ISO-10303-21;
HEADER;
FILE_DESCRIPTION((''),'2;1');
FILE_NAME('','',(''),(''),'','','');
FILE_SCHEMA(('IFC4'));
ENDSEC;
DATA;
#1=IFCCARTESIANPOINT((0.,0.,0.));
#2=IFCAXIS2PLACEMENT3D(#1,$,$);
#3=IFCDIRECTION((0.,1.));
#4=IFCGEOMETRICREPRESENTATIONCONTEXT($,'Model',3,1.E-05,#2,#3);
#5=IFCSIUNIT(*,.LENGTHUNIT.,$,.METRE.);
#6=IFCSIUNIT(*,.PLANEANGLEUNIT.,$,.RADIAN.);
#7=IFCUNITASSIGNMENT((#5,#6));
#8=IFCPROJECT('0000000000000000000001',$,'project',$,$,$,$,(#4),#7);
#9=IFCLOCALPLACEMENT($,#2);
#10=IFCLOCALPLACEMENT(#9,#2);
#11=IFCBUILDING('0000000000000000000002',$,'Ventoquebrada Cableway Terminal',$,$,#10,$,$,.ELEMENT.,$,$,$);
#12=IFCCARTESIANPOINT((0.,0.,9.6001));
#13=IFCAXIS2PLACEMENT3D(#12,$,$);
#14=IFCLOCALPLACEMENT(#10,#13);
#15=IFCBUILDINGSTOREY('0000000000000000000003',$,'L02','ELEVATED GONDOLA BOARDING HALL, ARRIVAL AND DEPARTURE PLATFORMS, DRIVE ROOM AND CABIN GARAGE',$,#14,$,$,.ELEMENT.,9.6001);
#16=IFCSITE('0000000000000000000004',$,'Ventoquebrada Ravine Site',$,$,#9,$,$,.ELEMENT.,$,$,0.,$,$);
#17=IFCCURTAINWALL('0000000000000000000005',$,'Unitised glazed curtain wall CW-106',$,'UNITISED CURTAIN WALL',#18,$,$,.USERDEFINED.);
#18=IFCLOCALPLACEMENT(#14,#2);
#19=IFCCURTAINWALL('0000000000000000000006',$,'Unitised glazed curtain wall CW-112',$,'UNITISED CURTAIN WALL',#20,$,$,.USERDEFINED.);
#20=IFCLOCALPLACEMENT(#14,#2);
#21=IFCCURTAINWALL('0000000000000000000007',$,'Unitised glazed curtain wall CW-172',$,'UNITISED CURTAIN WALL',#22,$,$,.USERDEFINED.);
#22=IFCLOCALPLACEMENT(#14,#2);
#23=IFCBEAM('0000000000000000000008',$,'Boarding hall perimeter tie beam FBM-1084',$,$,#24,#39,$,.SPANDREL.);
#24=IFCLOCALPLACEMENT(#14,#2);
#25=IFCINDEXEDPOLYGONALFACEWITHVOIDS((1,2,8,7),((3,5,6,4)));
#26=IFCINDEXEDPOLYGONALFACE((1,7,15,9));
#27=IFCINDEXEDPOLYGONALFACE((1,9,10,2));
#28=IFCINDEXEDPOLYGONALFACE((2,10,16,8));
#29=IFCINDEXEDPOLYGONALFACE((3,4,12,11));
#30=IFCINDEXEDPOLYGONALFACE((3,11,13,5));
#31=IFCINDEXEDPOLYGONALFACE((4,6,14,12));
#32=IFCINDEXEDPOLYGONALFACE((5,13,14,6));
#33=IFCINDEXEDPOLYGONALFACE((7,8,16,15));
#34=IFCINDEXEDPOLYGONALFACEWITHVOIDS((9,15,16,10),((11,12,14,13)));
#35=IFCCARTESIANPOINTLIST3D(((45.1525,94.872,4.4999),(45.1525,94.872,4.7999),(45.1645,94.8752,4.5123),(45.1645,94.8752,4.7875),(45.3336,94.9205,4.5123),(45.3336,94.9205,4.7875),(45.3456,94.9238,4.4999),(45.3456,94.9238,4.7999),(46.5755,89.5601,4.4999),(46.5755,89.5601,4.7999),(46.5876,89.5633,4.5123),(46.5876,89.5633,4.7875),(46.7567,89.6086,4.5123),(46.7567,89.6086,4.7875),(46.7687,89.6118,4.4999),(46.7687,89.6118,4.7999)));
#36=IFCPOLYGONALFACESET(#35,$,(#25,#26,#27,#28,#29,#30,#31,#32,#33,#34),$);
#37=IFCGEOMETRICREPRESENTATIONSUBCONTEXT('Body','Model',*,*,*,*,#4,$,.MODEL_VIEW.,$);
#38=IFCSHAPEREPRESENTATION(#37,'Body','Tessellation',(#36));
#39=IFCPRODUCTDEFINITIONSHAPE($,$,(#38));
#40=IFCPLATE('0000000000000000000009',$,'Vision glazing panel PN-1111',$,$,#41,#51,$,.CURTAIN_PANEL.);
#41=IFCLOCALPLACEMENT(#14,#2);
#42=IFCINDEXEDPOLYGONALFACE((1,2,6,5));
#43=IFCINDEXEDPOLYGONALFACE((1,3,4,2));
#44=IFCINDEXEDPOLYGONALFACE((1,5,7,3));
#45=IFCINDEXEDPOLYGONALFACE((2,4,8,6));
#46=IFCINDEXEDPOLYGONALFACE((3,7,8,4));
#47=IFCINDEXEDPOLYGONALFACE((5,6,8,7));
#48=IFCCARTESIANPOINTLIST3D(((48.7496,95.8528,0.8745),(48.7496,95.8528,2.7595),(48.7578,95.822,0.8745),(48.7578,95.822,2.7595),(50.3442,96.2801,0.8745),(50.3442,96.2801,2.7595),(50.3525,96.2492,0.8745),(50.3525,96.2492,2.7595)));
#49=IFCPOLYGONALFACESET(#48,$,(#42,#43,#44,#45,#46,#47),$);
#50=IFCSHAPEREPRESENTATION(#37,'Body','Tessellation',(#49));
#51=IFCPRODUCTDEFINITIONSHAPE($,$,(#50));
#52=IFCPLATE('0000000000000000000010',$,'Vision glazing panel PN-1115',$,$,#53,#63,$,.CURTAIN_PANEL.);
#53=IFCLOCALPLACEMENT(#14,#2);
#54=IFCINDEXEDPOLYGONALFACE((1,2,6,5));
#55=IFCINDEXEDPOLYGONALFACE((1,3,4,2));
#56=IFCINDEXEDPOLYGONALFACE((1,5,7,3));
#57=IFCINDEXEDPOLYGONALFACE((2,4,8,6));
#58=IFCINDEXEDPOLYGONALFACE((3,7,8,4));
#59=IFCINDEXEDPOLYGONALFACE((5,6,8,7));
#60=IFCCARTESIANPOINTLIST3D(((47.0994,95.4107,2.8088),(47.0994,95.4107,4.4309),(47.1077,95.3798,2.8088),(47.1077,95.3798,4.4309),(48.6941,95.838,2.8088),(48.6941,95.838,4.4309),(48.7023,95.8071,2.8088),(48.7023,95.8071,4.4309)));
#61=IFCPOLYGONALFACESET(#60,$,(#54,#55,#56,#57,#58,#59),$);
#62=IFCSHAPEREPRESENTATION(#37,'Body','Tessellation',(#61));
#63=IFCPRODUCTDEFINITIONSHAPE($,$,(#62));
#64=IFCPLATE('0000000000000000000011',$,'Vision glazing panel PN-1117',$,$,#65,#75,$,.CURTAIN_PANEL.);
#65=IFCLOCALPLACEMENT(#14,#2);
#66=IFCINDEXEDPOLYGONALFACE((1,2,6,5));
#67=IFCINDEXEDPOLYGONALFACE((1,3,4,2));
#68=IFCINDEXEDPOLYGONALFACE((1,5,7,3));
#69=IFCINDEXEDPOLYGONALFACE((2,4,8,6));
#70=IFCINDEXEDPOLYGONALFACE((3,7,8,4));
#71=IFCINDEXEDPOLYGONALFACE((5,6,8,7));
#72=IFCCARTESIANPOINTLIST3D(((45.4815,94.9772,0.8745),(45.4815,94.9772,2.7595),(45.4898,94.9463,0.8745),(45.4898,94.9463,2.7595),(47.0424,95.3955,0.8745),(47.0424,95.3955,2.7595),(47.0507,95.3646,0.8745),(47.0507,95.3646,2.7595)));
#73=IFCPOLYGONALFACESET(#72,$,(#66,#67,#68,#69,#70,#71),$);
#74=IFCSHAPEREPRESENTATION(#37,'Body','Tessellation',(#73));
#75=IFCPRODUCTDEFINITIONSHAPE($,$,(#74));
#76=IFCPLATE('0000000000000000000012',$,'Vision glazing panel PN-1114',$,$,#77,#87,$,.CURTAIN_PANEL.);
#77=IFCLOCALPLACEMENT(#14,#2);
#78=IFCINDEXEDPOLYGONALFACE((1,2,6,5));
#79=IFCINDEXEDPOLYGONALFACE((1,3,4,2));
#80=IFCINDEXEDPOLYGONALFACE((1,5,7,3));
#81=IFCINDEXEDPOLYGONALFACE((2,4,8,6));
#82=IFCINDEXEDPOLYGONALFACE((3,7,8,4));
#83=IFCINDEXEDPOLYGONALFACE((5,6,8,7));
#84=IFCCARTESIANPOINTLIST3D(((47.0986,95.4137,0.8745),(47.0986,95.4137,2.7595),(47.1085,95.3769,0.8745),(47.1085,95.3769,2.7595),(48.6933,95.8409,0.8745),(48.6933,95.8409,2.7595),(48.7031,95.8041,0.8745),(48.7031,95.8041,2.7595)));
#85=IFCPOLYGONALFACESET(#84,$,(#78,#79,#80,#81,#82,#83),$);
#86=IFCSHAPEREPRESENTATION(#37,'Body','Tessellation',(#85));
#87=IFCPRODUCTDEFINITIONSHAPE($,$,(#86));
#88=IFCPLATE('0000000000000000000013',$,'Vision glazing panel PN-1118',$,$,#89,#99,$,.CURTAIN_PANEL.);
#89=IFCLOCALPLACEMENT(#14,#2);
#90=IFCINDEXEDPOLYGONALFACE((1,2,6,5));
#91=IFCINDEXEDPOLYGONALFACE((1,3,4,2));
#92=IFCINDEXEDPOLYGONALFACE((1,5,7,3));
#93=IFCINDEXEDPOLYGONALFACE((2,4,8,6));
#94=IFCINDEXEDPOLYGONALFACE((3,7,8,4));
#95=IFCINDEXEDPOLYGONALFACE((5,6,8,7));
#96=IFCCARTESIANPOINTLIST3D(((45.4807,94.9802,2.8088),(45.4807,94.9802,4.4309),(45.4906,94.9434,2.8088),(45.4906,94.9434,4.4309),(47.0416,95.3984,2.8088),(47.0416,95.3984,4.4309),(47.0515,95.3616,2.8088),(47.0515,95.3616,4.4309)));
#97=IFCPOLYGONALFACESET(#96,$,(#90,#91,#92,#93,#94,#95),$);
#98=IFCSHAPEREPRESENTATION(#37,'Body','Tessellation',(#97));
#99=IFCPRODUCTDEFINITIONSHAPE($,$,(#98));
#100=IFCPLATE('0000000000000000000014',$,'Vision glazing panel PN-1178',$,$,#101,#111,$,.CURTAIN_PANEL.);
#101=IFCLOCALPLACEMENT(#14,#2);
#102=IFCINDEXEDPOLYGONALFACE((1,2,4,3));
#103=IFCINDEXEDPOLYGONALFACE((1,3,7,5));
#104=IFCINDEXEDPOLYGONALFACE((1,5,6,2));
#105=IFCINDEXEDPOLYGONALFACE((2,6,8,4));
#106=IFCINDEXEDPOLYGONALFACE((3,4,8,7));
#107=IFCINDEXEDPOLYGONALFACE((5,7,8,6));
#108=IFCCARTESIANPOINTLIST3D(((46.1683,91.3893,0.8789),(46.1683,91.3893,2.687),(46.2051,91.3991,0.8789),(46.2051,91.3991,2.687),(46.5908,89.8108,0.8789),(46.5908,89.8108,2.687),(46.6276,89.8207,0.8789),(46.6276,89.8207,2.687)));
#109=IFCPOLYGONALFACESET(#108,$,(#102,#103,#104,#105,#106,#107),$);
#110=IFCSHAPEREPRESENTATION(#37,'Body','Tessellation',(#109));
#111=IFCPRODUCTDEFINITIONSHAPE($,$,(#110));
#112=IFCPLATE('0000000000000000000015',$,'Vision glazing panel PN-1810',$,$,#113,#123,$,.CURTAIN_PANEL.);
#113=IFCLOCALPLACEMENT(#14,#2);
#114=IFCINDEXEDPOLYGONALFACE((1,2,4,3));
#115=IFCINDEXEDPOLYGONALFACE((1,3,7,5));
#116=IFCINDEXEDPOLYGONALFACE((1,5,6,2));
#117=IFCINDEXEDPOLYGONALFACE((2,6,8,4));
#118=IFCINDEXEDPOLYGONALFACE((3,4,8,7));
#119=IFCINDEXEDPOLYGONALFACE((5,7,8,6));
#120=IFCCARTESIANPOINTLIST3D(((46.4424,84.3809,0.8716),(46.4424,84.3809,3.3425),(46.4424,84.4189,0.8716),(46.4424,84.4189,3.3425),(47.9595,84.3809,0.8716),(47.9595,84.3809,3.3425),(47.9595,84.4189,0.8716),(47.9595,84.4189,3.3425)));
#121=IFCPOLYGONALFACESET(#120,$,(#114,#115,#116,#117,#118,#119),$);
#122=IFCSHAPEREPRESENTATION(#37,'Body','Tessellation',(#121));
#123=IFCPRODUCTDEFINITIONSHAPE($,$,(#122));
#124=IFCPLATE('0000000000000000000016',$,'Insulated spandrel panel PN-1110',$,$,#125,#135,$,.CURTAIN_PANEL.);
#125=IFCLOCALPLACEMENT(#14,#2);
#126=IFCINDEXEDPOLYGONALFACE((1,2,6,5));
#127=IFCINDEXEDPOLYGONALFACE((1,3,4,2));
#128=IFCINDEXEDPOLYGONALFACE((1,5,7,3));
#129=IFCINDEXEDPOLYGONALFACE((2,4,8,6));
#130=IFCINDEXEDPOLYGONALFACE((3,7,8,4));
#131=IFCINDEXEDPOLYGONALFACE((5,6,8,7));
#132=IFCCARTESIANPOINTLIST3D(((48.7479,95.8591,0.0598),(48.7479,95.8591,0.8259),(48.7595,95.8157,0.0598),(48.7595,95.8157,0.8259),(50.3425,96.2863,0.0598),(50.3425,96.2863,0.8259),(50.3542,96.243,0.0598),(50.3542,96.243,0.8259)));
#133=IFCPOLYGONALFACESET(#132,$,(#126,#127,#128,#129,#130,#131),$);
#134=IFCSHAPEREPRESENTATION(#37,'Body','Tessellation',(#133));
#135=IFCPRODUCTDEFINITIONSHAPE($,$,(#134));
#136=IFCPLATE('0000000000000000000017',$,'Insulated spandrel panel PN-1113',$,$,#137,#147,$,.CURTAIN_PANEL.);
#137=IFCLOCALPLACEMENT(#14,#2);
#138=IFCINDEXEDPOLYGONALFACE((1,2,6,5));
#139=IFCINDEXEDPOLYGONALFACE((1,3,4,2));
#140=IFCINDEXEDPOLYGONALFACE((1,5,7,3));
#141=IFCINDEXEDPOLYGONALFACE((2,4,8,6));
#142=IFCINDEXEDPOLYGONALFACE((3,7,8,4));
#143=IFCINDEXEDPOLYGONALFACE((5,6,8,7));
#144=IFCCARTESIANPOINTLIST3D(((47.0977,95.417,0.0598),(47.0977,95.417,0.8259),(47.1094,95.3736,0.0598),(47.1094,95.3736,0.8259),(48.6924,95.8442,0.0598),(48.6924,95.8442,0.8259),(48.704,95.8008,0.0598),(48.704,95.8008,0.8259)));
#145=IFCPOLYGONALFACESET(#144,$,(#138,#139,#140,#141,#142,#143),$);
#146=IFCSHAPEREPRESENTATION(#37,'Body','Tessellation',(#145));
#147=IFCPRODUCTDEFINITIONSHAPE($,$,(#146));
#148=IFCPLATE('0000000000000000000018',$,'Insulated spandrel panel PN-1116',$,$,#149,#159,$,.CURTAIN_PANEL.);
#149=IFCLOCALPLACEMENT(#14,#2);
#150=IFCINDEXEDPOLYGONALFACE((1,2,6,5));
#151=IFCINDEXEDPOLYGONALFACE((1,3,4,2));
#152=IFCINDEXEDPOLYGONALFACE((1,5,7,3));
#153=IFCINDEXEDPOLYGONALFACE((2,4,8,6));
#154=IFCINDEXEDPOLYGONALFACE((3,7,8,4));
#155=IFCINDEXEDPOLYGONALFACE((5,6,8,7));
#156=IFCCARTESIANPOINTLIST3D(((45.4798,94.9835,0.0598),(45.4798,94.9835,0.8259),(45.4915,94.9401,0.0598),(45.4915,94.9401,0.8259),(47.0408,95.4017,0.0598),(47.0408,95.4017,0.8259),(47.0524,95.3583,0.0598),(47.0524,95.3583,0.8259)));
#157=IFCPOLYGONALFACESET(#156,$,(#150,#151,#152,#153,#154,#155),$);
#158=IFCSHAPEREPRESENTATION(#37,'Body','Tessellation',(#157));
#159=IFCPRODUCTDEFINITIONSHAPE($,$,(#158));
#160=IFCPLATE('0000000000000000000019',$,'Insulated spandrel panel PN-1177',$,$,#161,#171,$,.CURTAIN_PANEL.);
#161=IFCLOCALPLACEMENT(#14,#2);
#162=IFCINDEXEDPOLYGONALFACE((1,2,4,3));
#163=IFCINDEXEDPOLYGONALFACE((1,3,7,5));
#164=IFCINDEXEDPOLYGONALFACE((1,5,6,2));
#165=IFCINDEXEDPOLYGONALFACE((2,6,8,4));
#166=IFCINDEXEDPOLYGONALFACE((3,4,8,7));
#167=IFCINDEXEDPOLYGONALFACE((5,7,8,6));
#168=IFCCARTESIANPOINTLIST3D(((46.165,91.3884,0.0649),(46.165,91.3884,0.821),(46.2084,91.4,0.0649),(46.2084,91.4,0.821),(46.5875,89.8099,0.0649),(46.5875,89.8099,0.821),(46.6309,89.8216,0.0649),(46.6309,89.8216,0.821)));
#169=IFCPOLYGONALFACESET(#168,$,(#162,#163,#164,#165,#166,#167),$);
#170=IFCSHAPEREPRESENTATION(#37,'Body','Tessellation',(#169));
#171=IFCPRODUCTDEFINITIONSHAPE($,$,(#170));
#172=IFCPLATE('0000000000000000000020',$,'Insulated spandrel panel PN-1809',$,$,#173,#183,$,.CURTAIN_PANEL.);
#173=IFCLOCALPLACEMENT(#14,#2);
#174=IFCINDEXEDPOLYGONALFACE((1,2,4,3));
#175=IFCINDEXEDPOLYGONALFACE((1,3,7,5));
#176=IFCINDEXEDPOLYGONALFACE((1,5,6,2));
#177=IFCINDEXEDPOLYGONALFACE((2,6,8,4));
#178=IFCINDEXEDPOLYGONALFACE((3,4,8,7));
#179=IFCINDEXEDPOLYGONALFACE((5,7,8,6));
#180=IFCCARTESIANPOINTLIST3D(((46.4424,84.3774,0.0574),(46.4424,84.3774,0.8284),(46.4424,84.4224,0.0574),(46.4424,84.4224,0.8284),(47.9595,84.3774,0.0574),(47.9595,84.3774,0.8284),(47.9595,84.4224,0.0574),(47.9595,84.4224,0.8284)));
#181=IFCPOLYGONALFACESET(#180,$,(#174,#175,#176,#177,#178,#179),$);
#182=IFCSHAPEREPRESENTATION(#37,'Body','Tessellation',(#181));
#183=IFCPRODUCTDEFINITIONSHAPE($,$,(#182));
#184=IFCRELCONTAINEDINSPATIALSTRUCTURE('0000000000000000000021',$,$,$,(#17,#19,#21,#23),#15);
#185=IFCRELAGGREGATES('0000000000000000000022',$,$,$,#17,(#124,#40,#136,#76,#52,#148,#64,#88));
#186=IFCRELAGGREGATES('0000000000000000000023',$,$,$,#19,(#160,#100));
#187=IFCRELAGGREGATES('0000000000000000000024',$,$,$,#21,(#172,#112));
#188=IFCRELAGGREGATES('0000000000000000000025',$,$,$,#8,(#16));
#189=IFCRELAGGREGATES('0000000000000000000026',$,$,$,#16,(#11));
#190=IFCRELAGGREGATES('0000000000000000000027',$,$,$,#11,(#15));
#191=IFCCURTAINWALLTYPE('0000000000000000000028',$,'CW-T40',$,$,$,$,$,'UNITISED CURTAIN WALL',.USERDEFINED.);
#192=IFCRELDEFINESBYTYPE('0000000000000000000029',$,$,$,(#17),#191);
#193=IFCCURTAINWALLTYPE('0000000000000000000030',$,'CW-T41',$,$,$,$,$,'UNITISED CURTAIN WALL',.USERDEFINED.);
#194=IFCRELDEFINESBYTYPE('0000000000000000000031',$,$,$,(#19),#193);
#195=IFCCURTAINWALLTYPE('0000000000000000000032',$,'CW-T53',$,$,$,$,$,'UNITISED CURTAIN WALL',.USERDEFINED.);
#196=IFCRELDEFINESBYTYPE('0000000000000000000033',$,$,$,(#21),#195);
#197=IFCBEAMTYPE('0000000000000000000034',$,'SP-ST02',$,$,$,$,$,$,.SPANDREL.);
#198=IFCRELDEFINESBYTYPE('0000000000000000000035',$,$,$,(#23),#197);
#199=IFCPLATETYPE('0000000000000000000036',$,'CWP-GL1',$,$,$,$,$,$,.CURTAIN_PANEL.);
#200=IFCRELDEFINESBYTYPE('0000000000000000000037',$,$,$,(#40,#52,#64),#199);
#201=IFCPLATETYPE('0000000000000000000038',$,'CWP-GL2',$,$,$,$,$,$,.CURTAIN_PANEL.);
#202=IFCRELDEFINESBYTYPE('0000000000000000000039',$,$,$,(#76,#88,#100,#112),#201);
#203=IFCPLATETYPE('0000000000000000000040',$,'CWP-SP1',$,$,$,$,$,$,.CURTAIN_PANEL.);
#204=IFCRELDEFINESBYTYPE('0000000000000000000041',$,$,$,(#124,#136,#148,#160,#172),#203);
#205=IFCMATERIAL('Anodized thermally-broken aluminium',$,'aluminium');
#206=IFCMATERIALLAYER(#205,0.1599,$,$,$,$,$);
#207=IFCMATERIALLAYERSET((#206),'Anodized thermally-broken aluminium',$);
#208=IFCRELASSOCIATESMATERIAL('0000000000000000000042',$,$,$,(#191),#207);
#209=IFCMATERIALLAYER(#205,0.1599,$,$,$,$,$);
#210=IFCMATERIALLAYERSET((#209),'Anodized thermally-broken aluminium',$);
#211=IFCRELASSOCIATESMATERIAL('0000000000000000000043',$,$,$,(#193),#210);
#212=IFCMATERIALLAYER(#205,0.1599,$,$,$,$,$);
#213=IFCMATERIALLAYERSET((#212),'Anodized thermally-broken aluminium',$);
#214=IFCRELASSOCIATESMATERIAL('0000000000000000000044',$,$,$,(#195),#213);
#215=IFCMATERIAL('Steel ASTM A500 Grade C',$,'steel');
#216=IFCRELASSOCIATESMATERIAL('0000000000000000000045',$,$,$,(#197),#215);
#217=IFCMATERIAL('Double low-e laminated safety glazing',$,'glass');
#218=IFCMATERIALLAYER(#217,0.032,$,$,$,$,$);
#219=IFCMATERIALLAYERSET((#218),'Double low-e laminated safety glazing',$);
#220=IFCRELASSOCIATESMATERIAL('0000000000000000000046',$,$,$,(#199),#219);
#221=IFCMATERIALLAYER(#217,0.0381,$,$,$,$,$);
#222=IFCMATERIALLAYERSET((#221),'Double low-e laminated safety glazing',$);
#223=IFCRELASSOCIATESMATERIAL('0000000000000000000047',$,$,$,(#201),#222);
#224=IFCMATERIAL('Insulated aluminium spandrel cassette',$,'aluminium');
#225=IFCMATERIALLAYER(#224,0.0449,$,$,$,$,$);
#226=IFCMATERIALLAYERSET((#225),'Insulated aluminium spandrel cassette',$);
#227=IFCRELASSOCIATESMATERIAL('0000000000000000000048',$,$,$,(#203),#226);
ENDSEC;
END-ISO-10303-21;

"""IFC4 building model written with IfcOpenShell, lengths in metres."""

from ifc_helpers import new_model, si_unit, direction, frame, origin, origin_2d, place, context, subcontext, project, spatial, rectangle, hollow_rectangle, extrude, material, layer, layer_set, material_profile, profile_set, type_object, element, aggregate, save


model = new_model("IFC4")

# Units and contexts
model_context = context("Model", 3, precision=1e-05, world=origin(), true_north=direction((0.0, 1.0)))
body_context = subcontext(model_context, "Body", "Model", "MODEL_VIEW")
ifc_project = project(units=[si_unit("LENGTHUNIT", "METRE"), si_unit("PLANEANGLEUNIT", "RADIAN")], contexts=[model_context])

# Site, building, storey
site_placement = place(None, origin())
site = spatial("IfcSite", under=ifc_project, at=site_placement, Name="Ventoquebrada Ravine Site", CompositionType="ELEMENT", RefElevation=0.0)
building_placement = place(site_placement, origin())
building = spatial("IfcBuilding", under=site, at=building_placement, Name="Ventoquebrada Cableway Terminal", CompositionType="ELEMENT")
storey_placement = place(building_placement, frame((0.0, 0.0, 9.6001)))
storey = spatial("IfcBuildingStorey", under=building, at=storey_placement, Name="L02", Description="ELEVATED GONDOLA BOARDING HALL, ARRIVAL AND DEPARTURE PLATFORMS, DRIVE ROOM AND CABIN GARAGE", CompositionType="ELEMENT", Elevation=9.6001)

# Shared definitions
ifc_material_1 = material(Name="Steel ASTM A500 Grade C", Category="steel")

# Curtain wall
ifc_material_2 = material(Name="Anodized thermally-broken aluminium", Category="aluminium")
ifc_layer_1 = layer(ifc_material_2, 0.1599)
ifc_layer_set_1 = layer_set([ifc_layer_1], Name="Anodized thermally-broken aluminium")
curtain_wall_type_1 = type_object("IfcCurtainWallType", Name="CW-T40", ElementType="UNITISED CURTAIN WALL", PredefinedType="USERDEFINED", material=ifc_layer_set_1)
curtain_wall_1_placement = place(storey_placement, origin())
curtain_wall_1 = element("IfcCurtainWall", 1, at=curtain_wall_1_placement, inside=storey, type_object=curtain_wall_type_1, Name="Unitised glazed curtain wall CW-106", ObjectType="UNITISED CURTAIN WALL", PredefinedType="USERDEFINED")

# Curtain wall
ifc_layer_2 = layer(ifc_material_2, 0.1599)
ifc_layer_set_2 = layer_set([ifc_layer_2], Name="Anodized thermally-broken aluminium")
curtain_wall_type_2 = type_object("IfcCurtainWallType", Name="CW-T41", ElementType="UNITISED CURTAIN WALL", PredefinedType="USERDEFINED", material=ifc_layer_set_2)
curtain_wall_2_placement = place(storey_placement, origin())
curtain_wall_2 = element("IfcCurtainWall", 2, at=curtain_wall_2_placement, inside=storey, type_object=curtain_wall_type_2, Name="Unitised glazed curtain wall CW-112", ObjectType="UNITISED CURTAIN WALL", PredefinedType="USERDEFINED")

# Curtain wall
ifc_layer_3 = layer(ifc_material_2, 0.1599)
ifc_layer_set_3 = layer_set([ifc_layer_3], Name="Anodized thermally-broken aluminium")
curtain_wall_type_3 = type_object("IfcCurtainWallType", Name="CW-T53", ElementType="UNITISED CURTAIN WALL", PredefinedType="USERDEFINED", material=ifc_layer_set_3)
curtain_wall_3_placement = place(storey_placement, origin())
curtain_wall_3 = element("IfcCurtainWall", 3, at=curtain_wall_3_placement, inside=storey, type_object=curtain_wall_type_3, Name="Unitised glazed curtain wall CW-172", ObjectType="UNITISED CURTAIN WALL", PredefinedType="USERDEFINED")

# Beam
ifc_material_profile_1 = material_profile(ifc_material_1, hollow_rectangle(XDim=0.2, YDim=0.3, WallThickness=0.0125, at=origin_2d()), Name="RHS300X200X12.5")
ifc_profile_set_1 = profile_set([ifc_material_profile_1], Name="Steel ASTM A500 Grade C")
beam_type = type_object("IfcBeamType", Name="SP-ST02", PredefinedType="SPANDREL", material=ifc_profile_set_1)
beam_placement = place(storey_placement, frame((46.6721, 89.5859, 4.6499), z_axis=(-0.258776, 0.965937, 0.0), x_axis=(-0.965937, -0.258776, 0.0)))
element("IfcBeam", 4, at=beam_placement, inside=storey, type_object=beam_type, Name="Boarding hall perimeter tie beam FBM-1084", PredefinedType="SPANDREL", context=body_context, shape_type="SweptSolid", body=[
    extrude(hollow_rectangle(XDim=0.2, YDim=0.3, WallThickness=0.0125, at=origin_2d()), origin(), (0.0, 0.0, 1.0), 5.4993),
])

# Plates
ifc_material_3 = material(Name="Double low-e laminated safety glazing", Category="glass")
ifc_layer_4 = layer(ifc_material_3, 0.032)
ifc_layer_set_4 = layer_set([ifc_layer_4], Name="Double low-e laminated safety glazing")
plate_type_1 = type_object("IfcPlateType", Name="CWP-GL1", PredefinedType="CURTAIN_PANEL", material=ifc_layer_set_4)
plate_1_placement = place(storey_placement, frame((49.551, 96.051, 0.8745), z_axis=(0.0, 0.0, 1.0), x_axis=(-0.96593, -0.258802, 0.0)))
plate_1 = element("IfcPlate", 5, at=plate_1_placement, type_object=plate_type_1, Name="Vision glazing panel PN-1111", PredefinedType="CURTAIN_PANEL", context=body_context, shape_type="SweptSolid", body=[
    extrude(rectangle(XDim=1.6509, YDim=0.032, at=origin_2d()), origin(), (0.0, 0.0, 1.0), 1.885),
])
plate_2_placement = place(storey_placement, frame((47.9009, 95.6089, 2.8088), z_axis=(0.0, 0.0, 1.0), x_axis=(-0.96593, -0.258802, 0.0)))
plate_2 = element("IfcPlate", 6, at=plate_2_placement, type_object=plate_type_1, Name="Vision glazing panel PN-1115", PredefinedType="CURTAIN_PANEL", context=body_context, shape_type="SweptSolid", body=[
    extrude(rectangle(XDim=1.6509, YDim=0.032, at=origin_2d()), origin(), (0.0, 0.0, 1.0), 1.6221),
])
plate_3_placement = place(storey_placement, frame((46.2661, 95.1709, 0.8745), z_axis=(0.0, 0.0, 1.0), x_axis=(-0.96593, -0.258802, 0.0)))
plate_3 = element("IfcPlate", 7, at=plate_3_placement, type_object=plate_type_1, Name="Vision glazing panel PN-1117", PredefinedType="CURTAIN_PANEL", context=body_context, shape_type="SweptSolid", body=[
    extrude(rectangle(XDim=1.616, YDim=0.032, at=origin_2d()), origin(), (0.0, 0.0, 1.0), 1.885),
])
ifc_layer_5 = layer(ifc_material_3, 0.0381)
ifc_layer_set_5 = layer_set([ifc_layer_5], Name="Double low-e laminated safety glazing")
plate_type_2 = type_object("IfcPlateType", Name="CWP-GL2", PredefinedType="CURTAIN_PANEL", material=ifc_layer_set_5)
plate_4_placement = place(storey_placement, frame((47.9009, 95.6089, 0.8745), z_axis=(0.0, 0.0, 1.0), x_axis=(-0.96593, -0.258802, 0.0)))
plate_4 = element("IfcPlate", 8, at=plate_4_placement, type_object=plate_type_2, Name="Vision glazing panel PN-1114", PredefinedType="CURTAIN_PANEL", context=body_context, shape_type="SweptSolid", body=[
    extrude(rectangle(XDim=1.6509, YDim=0.0381, at=origin_2d()), origin(), (0.0, 0.0, 1.0), 1.885),
])
plate_5_placement = place(storey_placement, frame((46.2661, 95.1709, 2.8088), z_axis=(0.0, 0.0, 1.0), x_axis=(-0.96593, -0.258802, 0.0)))
plate_5 = element("IfcPlate", 9, at=plate_5_placement, type_object=plate_type_2, Name="Vision glazing panel PN-1118", PredefinedType="CURTAIN_PANEL", context=body_context, shape_type="SweptSolid", body=[
    extrude(rectangle(XDim=1.616, YDim=0.0381, at=origin_2d()), origin(), (0.0, 0.0, 1.0), 1.6221),
])
plate_6_placement = place(storey_placement, frame((46.3979, 90.605, 0.8789), z_axis=(0.0, 0.0, 1.0), x_axis=(0.258617, -0.96598, 0.0)))
plate_6 = element("IfcPlate", 10, at=plate_6_placement, type_object=plate_type_2, Name="Vision glazing panel PN-1178", PredefinedType="CURTAIN_PANEL", context=body_context, shape_type="SweptSolid", body=[
    extrude(rectangle(XDim=1.634, YDim=0.0381, at=origin_2d()), origin(), (0.0, 0.0, 1.0), 1.8081),
])
plate_7_placement = place(storey_placement, frame((47.2009, 84.3999, 0.8716), z_axis=(0.0, 0.0, 1.0), x_axis=(-1.0, 0.0, 0.0)))
plate_7 = element("IfcPlate", 11, at=plate_7_placement, type_object=plate_type_2, Name="Vision glazing panel PN-1810", PredefinedType="CURTAIN_PANEL", context=body_context, shape_type="SweptSolid", body=[
    extrude(rectangle(XDim=1.5171, YDim=0.0381, at=origin_2d()), origin(), (0.0, 0.0, 1.0), 2.4709),
])
ifc_material_4 = material(Name="Insulated aluminium spandrel cassette", Category="aluminium")
ifc_layer_6 = layer(ifc_material_4, 0.0449)
ifc_layer_set_6 = layer_set([ifc_layer_6], Name="Insulated aluminium spandrel cassette")
plate_type_3 = type_object("IfcPlateType", Name="CWP-SP1", PredefinedType="CURTAIN_PANEL", material=ifc_layer_set_6)
plate_8_placement = place(storey_placement, frame((49.551, 96.051, 0.0598), z_axis=(0.0, 0.0, 1.0), x_axis=(-0.96593, -0.258802, 0.0)))
plate_8 = element("IfcPlate", 12, at=plate_8_placement, type_object=plate_type_3, Name="Insulated spandrel panel PN-1110", PredefinedType="CURTAIN_PANEL", context=body_context, shape_type="SweptSolid", body=[
    extrude(rectangle(XDim=1.6509, YDim=0.0449, at=origin_2d()), origin(), (0.0, 0.0, 1.0), 0.7661),
])
plate_9_placement = place(storey_placement, frame((47.9009, 95.6089, 0.0598), z_axis=(0.0, 0.0, 1.0), x_axis=(-0.96593, -0.258802, 0.0)))
plate_9 = element("IfcPlate", 13, at=plate_9_placement, type_object=plate_type_3, Name="Insulated spandrel panel PN-1113", PredefinedType="CURTAIN_PANEL", context=body_context, shape_type="SweptSolid", body=[
    extrude(rectangle(XDim=1.6509, YDim=0.0449, at=origin_2d()), origin(), (0.0, 0.0, 1.0), 0.7661),
])
plate_10_placement = place(storey_placement, frame((46.2661, 95.1709, 0.0598), z_axis=(0.0, 0.0, 1.0), x_axis=(-0.96593, -0.258802, 0.0)))
plate_10 = element("IfcPlate", 14, at=plate_10_placement, type_object=plate_type_3, Name="Insulated spandrel panel PN-1116", PredefinedType="CURTAIN_PANEL", context=body_context, shape_type="SweptSolid", body=[
    extrude(rectangle(XDim=1.616, YDim=0.0449, at=origin_2d()), origin(), (0.0, 0.0, 1.0), 0.7661),
])
aggregate(curtain_wall_1, [plate_8, plate_1, plate_9, plate_4, plate_2, plate_10, plate_3, plate_5])
plate_11_placement = place(storey_placement, frame((46.3979, 90.605, 0.0649), z_axis=(0.0, 0.0, 1.0), x_axis=(0.258617, -0.96598, 0.0)))
plate_11 = element("IfcPlate", 15, at=plate_11_placement, type_object=plate_type_3, Name="Insulated spandrel panel PN-1177", PredefinedType="CURTAIN_PANEL", context=body_context, shape_type="SweptSolid", body=[
    extrude(rectangle(XDim=1.634, YDim=0.0449, at=origin_2d()), origin(), (0.0, 0.0, 1.0), 0.7561),
])
aggregate(curtain_wall_2, [plate_11, plate_6])
plate_12_placement = place(storey_placement, frame((47.2009, 84.3999, 0.0574), z_axis=(0.0, 0.0, 1.0), x_axis=(-1.0, 0.0, 0.0)))
plate_12 = element("IfcPlate", 16, at=plate_12_placement, type_object=plate_type_3, Name="Insulated spandrel panel PN-1809", PredefinedType="CURTAIN_PANEL", context=body_context, shape_type="SweptSolid", body=[
    extrude(rectangle(XDim=1.5171, YDim=0.0449, at=origin_2d()), origin(), (0.0, 0.0, 1.0), 0.771),
])
aggregate(curtain_wall_3, [plate_12, plate_7])

save(model, "model.ifc")
